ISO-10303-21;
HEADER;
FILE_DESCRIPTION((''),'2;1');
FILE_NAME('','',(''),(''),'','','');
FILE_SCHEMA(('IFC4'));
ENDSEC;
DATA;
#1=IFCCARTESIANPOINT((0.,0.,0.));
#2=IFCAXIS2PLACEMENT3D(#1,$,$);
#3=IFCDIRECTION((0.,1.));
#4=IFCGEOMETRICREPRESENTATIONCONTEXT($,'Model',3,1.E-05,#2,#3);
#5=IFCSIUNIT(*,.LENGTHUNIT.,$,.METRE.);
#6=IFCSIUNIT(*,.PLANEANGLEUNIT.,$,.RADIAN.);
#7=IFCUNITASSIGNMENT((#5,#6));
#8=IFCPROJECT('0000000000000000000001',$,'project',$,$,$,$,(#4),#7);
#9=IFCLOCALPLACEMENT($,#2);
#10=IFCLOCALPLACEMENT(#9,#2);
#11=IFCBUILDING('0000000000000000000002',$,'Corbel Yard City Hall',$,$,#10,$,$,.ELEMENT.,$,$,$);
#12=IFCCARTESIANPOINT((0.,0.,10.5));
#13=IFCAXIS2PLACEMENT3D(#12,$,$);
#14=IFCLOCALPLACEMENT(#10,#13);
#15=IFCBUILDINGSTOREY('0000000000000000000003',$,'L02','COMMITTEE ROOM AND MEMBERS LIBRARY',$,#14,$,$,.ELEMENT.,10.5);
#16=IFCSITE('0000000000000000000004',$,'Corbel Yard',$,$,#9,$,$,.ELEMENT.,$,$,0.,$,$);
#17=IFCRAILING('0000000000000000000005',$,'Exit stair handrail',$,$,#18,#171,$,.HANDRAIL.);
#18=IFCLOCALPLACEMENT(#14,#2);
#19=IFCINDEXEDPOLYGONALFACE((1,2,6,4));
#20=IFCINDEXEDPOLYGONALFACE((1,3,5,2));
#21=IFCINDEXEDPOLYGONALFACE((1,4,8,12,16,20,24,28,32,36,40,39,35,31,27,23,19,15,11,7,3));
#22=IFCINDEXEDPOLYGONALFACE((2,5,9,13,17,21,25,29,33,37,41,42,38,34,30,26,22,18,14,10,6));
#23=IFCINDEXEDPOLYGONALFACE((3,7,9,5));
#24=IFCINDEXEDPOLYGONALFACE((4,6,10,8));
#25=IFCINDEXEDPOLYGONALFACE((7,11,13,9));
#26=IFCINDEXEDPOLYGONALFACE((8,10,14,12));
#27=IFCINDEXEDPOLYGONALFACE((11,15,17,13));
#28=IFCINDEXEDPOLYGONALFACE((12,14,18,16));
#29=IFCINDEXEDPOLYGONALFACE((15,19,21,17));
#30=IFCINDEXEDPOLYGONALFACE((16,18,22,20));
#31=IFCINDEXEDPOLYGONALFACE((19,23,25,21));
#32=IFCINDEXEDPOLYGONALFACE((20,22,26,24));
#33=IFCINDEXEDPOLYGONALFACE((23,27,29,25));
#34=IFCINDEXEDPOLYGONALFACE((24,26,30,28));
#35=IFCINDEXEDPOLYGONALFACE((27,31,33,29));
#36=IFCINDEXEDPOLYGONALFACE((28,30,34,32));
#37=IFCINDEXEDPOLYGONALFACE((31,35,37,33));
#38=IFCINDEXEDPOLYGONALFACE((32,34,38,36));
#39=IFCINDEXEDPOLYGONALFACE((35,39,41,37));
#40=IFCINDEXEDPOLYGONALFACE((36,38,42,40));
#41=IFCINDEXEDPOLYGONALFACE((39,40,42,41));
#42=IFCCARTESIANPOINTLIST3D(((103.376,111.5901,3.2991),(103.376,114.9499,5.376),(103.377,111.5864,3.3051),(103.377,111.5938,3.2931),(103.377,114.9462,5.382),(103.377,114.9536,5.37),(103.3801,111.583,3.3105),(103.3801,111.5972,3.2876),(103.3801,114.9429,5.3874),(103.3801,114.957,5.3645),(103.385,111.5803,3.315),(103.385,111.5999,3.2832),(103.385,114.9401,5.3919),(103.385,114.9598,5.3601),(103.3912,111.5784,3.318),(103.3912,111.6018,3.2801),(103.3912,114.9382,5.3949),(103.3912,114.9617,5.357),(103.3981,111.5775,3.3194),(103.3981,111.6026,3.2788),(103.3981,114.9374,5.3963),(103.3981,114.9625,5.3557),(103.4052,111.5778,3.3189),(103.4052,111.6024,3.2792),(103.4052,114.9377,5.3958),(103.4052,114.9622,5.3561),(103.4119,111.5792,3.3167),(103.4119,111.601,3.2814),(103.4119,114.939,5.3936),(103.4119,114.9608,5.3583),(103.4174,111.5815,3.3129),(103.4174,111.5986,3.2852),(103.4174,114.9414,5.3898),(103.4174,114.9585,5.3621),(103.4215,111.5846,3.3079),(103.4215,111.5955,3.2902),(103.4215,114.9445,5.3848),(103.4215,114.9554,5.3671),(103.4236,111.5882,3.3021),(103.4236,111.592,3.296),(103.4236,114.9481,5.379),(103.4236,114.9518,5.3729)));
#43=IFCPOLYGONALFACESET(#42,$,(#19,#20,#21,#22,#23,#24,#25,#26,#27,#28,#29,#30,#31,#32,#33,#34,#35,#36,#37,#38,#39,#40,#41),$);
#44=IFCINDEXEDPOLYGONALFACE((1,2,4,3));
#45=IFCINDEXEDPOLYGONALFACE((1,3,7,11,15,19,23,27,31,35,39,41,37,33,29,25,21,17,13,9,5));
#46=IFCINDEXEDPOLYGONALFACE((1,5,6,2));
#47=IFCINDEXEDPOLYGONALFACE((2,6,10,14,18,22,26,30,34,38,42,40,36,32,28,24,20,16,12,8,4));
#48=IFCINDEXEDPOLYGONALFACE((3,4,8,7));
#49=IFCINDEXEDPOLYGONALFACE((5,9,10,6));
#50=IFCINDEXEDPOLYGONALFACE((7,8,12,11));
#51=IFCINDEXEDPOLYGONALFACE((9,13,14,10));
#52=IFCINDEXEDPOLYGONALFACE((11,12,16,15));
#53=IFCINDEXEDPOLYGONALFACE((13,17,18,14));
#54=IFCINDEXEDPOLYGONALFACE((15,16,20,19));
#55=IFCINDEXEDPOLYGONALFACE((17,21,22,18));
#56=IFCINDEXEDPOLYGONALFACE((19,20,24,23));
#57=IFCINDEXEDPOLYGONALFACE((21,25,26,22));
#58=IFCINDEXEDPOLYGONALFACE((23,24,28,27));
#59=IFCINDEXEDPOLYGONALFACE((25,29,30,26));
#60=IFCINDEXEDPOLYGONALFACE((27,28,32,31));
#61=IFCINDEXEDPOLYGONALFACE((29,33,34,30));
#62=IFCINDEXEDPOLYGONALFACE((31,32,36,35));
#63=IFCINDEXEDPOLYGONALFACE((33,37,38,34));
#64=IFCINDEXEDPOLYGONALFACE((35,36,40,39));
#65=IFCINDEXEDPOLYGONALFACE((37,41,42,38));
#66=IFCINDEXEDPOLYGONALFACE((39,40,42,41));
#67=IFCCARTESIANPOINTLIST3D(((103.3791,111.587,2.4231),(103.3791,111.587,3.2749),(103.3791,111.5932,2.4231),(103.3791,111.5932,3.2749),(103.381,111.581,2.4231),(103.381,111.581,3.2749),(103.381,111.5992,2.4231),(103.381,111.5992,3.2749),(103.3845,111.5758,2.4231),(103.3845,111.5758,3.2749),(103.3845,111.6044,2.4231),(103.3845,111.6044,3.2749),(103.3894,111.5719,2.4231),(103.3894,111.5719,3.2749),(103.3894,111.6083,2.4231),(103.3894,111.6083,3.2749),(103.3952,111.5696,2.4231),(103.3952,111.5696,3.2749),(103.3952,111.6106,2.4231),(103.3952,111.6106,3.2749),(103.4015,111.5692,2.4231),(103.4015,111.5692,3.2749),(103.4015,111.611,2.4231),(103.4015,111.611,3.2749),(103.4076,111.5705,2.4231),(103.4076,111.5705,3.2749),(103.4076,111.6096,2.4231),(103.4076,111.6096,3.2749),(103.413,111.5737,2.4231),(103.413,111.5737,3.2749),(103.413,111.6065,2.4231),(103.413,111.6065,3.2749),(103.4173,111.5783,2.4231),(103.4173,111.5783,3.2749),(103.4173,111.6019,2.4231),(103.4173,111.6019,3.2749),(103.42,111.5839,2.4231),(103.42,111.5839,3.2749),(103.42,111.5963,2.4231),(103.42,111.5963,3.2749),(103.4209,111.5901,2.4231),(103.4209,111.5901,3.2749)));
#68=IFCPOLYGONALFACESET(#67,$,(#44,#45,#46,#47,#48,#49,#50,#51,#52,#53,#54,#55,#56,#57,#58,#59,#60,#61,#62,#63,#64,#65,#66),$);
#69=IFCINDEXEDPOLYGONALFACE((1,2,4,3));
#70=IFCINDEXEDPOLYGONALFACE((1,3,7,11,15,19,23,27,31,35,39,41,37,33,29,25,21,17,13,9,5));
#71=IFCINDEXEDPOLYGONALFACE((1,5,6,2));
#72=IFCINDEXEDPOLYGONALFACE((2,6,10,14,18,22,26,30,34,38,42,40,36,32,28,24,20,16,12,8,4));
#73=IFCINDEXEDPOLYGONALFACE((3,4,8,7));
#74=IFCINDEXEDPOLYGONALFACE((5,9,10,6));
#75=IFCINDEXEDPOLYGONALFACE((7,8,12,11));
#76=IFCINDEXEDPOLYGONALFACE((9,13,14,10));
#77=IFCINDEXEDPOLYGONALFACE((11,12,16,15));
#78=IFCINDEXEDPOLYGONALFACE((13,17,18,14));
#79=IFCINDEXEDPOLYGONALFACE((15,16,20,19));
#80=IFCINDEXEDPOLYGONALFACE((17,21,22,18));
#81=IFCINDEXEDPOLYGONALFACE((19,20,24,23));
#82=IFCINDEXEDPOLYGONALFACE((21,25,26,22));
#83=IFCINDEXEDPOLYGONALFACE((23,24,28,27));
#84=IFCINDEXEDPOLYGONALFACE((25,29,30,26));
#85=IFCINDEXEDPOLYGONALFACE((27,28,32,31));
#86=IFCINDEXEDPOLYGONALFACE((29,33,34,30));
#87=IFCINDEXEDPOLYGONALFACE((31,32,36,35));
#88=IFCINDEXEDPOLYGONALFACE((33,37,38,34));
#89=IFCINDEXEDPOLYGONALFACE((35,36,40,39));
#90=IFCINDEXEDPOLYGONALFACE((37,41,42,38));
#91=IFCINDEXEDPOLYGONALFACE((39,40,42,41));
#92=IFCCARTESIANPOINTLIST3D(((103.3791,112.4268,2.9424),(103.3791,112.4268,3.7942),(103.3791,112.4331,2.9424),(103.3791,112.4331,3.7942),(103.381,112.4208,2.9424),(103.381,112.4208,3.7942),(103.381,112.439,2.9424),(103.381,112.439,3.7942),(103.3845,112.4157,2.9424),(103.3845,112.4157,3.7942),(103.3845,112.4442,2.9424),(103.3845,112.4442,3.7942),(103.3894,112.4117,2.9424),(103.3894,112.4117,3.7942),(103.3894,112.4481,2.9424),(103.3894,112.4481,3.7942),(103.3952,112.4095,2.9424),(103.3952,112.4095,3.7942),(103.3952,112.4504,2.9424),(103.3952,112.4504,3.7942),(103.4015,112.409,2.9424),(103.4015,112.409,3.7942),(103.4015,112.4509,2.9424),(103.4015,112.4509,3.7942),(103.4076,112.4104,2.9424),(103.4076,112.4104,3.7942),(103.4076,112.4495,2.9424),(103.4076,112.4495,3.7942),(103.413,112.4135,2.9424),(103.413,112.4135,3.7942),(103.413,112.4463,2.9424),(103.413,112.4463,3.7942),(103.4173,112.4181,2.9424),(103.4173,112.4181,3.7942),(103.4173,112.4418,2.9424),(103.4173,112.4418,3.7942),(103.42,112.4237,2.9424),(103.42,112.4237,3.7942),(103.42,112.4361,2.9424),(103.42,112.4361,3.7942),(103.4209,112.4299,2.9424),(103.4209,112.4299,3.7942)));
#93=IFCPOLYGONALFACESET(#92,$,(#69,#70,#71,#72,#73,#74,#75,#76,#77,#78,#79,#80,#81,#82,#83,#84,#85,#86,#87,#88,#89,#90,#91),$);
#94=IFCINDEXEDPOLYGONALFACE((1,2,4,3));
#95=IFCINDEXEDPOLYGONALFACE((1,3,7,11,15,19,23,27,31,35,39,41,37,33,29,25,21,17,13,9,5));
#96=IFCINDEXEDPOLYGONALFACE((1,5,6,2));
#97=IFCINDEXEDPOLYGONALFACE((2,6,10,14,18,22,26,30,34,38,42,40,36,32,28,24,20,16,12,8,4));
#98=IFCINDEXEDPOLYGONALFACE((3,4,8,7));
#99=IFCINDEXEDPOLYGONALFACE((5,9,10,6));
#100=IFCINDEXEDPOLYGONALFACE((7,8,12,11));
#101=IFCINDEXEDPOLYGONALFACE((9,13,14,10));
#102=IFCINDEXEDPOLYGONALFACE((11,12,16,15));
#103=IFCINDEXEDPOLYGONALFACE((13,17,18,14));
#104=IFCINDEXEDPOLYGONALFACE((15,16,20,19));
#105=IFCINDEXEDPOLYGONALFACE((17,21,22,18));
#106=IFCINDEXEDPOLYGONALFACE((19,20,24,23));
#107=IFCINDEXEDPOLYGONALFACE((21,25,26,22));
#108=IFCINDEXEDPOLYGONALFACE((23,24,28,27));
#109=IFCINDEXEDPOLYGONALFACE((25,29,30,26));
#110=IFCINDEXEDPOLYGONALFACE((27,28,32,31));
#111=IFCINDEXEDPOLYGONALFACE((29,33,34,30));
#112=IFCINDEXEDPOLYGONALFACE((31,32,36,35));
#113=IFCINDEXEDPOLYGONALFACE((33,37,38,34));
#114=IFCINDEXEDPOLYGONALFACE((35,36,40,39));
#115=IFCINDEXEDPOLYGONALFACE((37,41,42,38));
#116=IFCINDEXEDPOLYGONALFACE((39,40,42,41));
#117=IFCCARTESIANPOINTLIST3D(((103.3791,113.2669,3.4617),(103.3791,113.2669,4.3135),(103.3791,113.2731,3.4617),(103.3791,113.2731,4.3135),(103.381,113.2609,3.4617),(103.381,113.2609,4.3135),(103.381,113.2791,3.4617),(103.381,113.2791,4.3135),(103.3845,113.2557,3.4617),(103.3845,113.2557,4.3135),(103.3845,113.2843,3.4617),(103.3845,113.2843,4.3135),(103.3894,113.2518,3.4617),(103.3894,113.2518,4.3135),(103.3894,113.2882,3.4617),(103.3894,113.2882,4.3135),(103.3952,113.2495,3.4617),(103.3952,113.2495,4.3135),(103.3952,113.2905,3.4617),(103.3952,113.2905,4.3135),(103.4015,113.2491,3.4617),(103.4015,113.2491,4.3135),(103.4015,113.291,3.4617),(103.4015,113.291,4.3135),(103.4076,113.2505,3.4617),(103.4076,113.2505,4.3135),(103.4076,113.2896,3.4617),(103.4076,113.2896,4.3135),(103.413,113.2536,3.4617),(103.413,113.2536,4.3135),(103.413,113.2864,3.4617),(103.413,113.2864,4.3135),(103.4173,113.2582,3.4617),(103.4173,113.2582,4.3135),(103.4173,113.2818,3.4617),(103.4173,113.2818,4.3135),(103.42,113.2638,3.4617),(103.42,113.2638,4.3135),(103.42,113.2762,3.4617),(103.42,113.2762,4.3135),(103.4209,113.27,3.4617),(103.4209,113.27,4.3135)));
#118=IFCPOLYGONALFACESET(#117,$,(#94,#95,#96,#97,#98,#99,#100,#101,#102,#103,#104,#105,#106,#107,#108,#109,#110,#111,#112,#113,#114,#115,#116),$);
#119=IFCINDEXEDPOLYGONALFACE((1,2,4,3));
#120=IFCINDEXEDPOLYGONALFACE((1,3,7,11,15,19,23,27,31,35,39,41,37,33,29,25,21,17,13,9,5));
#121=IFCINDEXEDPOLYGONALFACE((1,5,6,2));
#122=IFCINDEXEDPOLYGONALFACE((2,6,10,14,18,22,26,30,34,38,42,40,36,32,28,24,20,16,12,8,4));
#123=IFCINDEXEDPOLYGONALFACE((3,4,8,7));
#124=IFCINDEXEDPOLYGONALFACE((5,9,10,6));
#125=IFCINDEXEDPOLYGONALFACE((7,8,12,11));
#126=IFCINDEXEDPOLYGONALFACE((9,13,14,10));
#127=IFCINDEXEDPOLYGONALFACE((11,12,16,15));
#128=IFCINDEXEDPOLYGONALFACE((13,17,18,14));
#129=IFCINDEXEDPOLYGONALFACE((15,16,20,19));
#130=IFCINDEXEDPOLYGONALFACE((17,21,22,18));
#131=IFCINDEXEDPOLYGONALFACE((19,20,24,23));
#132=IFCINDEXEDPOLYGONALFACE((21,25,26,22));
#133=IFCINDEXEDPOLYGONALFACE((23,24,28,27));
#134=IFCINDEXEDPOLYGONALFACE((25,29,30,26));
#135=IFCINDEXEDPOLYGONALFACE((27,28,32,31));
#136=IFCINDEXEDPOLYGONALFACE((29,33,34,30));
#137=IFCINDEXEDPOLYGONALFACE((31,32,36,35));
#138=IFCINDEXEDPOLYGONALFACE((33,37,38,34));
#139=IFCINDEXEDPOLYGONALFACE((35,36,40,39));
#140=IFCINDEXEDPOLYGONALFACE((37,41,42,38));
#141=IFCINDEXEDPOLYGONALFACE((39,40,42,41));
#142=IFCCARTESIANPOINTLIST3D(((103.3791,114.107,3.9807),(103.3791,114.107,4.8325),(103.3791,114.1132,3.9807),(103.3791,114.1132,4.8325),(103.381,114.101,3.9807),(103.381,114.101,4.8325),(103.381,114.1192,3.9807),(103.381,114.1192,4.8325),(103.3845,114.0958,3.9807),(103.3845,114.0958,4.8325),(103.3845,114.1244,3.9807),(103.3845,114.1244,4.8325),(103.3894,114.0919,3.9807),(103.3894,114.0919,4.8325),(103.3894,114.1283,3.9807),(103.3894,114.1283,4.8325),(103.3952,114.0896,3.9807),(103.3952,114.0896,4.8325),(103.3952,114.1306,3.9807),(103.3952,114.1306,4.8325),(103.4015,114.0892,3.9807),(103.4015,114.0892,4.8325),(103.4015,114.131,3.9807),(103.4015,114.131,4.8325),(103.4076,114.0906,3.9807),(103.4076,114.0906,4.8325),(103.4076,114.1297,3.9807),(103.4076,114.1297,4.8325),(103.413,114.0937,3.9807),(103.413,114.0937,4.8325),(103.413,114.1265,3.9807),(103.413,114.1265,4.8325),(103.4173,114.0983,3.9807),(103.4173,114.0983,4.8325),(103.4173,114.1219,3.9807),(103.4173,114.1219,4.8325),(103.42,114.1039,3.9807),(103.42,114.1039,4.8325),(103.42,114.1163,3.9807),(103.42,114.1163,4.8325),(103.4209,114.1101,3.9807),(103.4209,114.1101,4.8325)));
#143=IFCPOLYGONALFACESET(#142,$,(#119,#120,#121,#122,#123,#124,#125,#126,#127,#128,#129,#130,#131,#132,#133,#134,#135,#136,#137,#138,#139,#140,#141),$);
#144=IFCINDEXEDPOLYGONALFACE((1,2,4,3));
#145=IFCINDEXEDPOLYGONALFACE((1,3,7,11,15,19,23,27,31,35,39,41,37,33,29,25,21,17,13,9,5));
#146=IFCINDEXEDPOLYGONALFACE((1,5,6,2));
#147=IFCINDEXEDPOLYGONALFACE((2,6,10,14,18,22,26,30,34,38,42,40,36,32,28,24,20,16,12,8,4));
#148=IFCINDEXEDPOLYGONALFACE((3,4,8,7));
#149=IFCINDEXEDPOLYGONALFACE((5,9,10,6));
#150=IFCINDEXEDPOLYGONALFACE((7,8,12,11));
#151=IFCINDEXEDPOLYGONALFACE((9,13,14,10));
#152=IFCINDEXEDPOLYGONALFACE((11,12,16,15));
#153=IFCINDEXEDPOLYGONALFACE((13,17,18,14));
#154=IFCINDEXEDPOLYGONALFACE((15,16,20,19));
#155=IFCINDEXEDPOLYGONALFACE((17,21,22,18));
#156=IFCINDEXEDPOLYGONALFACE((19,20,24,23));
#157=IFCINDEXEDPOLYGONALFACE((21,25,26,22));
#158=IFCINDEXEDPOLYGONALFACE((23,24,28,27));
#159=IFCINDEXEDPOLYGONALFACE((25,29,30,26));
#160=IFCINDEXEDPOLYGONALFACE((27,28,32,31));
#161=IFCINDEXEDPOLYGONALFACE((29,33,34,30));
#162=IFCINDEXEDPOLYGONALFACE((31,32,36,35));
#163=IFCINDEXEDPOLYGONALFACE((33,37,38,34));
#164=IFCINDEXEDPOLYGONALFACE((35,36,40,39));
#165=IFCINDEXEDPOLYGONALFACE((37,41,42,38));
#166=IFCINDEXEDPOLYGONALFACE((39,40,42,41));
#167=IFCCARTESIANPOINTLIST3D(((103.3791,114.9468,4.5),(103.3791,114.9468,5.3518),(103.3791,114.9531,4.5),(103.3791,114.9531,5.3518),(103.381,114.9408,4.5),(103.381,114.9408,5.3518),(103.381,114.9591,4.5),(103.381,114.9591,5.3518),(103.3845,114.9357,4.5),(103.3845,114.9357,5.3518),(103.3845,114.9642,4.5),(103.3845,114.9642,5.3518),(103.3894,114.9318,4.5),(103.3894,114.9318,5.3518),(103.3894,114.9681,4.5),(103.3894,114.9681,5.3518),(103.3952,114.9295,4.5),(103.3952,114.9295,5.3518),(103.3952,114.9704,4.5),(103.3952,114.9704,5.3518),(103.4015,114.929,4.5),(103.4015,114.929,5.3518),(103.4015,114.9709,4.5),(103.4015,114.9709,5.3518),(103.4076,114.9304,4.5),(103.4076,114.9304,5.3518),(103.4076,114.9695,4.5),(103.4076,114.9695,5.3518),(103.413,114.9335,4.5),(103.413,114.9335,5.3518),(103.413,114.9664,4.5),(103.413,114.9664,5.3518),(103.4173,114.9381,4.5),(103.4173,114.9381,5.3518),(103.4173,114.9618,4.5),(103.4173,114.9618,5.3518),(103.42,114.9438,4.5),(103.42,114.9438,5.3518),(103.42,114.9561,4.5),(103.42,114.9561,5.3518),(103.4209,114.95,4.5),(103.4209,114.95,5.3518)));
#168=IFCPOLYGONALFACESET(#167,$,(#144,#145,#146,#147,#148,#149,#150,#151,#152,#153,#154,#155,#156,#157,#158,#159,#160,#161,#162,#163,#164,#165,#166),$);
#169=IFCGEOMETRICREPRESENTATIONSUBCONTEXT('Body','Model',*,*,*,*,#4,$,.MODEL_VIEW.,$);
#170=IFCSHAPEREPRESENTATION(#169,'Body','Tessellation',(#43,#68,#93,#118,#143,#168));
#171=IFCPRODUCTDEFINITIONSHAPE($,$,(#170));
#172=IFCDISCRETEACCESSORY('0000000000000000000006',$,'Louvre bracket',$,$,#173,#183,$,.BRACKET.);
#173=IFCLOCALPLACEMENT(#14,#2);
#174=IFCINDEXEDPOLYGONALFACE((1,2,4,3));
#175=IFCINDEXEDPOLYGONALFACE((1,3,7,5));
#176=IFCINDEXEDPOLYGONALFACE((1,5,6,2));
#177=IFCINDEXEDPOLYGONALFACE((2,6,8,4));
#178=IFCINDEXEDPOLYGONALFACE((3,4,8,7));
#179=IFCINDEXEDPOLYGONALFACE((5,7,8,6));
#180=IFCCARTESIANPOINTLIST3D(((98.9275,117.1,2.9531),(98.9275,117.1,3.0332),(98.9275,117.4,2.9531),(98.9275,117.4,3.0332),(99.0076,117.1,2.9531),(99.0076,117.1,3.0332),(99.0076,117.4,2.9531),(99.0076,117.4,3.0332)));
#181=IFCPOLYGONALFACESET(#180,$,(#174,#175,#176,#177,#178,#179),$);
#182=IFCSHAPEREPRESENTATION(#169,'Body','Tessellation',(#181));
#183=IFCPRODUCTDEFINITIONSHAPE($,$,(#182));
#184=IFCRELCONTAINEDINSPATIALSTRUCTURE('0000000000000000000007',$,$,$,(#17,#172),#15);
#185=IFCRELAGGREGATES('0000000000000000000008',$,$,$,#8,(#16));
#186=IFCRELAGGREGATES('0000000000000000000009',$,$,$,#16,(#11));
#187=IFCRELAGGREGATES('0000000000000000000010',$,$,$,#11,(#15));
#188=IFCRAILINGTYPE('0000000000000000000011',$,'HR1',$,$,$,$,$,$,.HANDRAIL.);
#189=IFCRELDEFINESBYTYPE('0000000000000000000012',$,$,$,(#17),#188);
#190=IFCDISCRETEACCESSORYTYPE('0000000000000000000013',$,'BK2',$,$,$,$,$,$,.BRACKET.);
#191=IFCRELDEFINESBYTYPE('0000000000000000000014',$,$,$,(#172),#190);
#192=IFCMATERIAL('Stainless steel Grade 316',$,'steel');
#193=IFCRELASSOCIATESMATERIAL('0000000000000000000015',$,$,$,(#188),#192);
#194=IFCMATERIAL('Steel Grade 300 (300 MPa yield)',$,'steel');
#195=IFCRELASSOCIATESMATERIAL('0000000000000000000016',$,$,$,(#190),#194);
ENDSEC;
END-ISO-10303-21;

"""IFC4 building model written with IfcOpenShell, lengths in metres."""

from ifc_helpers import new_model, si_unit, direction, frame, origin, origin_2d, place, context, subcontext, project, spatial, rectangle, circle, extrude, material, type_object, element, save


model = new_model("IFC4")

# Units and contexts
model_context = context("Model", 3, precision=1e-05, world=origin(), true_north=direction((0.0, 1.0)))
body_context = subcontext(model_context, "Body", "Model", "MODEL_VIEW")
ifc_project = project(units=[si_unit("LENGTHUNIT", "METRE"), si_unit("PLANEANGLEUNIT", "RADIAN")], contexts=[model_context])

# Site, building, storey
site_placement = place(None, origin())
site = spatial("IfcSite", under=ifc_project, at=site_placement, Name="Corbel Yard", CompositionType="ELEMENT", RefElevation=0.0)
building_placement = place(site_placement, origin())
building = spatial("IfcBuilding", under=site, at=building_placement, Name="Corbel Yard City Hall", CompositionType="ELEMENT")
storey_placement = place(building_placement, frame((0.0, 0.0, 10.5)))
storey = spatial("IfcBuildingStorey", under=building, at=storey_placement, Name="L02", Description="COMMITTEE ROOM AND MEMBERS LIBRARY", CompositionType="ELEMENT", Elevation=10.5)

# Shared definitions
ifc_material_1 = material(Name="Steel Grade 300 (300 MPa yield)", Category="steel")

# Shared definitions
ifc_material_2 = material(Name="Stainless steel Grade 316", Category="steel")

# Railing
railing_type_1 = type_object("IfcRailingType", Name="HR1", PredefinedType="HANDRAIL", material=ifc_material_2)
for number, where, name in (
    (1, (103.3999, 111.5901, 2.4231), "Exit stair handrail"),
):
    element("IfcRailing", number, at=place(storey_placement, frame(where)), inside=storey, type_object=railing_type_1, Name=name, PredefinedType="HANDRAIL", context=body_context, shape_type="SweptSolid", body=[
        extrude(circle(Radius=0.0239, at=origin_2d()), frame((0.0, 0.0, 0.876), z_axis=(0.0, 0.850606, 0.525803), x_axis=(-1.0, 0.0, 0.0)), (0.0, 0.0, 1.0), 3.95),
        extrude(circle(Radius=0.021, at=origin_2d()), origin(), (0.0, 0.0, 1.0), 0.8518),
        extrude(circle(Radius=0.021, at=origin_2d()), frame((0.0, 0.8398, 0.5193)), (0.0, 0.0, 1.0), 0.8518),
        extrude(circle(Radius=0.021, at=origin_2d()), frame((0.0, 1.6799, 1.0386)), (0.0, 0.0, 1.0), 0.8518),
        extrude(circle(Radius=0.021, at=origin_2d()), frame((0.0, 2.52, 1.5576)), (0.0, 0.0, 1.0), 0.8518),
        extrude(circle(Radius=0.021, at=origin_2d()), frame((0.0, 3.3599, 2.0769)), (0.0, 0.0, 1.0), 0.8518),
    ])

# Discrete accessory
discrete_accessory_type = type_object("IfcDiscreteAccessoryType", Name="BK2", PredefinedType="BRACKET", material=ifc_material_1)
discrete_accessory_placement = place(storey_placement, frame((98.9675, 117.25, 2.9531), z_axis=(0.0, 0.0, 1.0), x_axis=(1.0, 0.0, 0.0)))
element("IfcDiscreteAccessory", 2, at=discrete_accessory_placement, inside=storey, type_object=discrete_accessory_type, Name="Louvre bracket", PredefinedType="BRACKET", context=body_context, shape_type="SweptSolid", body=[
    extrude(rectangle(XDim=0.0801, YDim=0.3, at=origin_2d()), origin(), (0.0, 0.0, 1.0), 0.0801),
])

save(model, "model.ifc")
